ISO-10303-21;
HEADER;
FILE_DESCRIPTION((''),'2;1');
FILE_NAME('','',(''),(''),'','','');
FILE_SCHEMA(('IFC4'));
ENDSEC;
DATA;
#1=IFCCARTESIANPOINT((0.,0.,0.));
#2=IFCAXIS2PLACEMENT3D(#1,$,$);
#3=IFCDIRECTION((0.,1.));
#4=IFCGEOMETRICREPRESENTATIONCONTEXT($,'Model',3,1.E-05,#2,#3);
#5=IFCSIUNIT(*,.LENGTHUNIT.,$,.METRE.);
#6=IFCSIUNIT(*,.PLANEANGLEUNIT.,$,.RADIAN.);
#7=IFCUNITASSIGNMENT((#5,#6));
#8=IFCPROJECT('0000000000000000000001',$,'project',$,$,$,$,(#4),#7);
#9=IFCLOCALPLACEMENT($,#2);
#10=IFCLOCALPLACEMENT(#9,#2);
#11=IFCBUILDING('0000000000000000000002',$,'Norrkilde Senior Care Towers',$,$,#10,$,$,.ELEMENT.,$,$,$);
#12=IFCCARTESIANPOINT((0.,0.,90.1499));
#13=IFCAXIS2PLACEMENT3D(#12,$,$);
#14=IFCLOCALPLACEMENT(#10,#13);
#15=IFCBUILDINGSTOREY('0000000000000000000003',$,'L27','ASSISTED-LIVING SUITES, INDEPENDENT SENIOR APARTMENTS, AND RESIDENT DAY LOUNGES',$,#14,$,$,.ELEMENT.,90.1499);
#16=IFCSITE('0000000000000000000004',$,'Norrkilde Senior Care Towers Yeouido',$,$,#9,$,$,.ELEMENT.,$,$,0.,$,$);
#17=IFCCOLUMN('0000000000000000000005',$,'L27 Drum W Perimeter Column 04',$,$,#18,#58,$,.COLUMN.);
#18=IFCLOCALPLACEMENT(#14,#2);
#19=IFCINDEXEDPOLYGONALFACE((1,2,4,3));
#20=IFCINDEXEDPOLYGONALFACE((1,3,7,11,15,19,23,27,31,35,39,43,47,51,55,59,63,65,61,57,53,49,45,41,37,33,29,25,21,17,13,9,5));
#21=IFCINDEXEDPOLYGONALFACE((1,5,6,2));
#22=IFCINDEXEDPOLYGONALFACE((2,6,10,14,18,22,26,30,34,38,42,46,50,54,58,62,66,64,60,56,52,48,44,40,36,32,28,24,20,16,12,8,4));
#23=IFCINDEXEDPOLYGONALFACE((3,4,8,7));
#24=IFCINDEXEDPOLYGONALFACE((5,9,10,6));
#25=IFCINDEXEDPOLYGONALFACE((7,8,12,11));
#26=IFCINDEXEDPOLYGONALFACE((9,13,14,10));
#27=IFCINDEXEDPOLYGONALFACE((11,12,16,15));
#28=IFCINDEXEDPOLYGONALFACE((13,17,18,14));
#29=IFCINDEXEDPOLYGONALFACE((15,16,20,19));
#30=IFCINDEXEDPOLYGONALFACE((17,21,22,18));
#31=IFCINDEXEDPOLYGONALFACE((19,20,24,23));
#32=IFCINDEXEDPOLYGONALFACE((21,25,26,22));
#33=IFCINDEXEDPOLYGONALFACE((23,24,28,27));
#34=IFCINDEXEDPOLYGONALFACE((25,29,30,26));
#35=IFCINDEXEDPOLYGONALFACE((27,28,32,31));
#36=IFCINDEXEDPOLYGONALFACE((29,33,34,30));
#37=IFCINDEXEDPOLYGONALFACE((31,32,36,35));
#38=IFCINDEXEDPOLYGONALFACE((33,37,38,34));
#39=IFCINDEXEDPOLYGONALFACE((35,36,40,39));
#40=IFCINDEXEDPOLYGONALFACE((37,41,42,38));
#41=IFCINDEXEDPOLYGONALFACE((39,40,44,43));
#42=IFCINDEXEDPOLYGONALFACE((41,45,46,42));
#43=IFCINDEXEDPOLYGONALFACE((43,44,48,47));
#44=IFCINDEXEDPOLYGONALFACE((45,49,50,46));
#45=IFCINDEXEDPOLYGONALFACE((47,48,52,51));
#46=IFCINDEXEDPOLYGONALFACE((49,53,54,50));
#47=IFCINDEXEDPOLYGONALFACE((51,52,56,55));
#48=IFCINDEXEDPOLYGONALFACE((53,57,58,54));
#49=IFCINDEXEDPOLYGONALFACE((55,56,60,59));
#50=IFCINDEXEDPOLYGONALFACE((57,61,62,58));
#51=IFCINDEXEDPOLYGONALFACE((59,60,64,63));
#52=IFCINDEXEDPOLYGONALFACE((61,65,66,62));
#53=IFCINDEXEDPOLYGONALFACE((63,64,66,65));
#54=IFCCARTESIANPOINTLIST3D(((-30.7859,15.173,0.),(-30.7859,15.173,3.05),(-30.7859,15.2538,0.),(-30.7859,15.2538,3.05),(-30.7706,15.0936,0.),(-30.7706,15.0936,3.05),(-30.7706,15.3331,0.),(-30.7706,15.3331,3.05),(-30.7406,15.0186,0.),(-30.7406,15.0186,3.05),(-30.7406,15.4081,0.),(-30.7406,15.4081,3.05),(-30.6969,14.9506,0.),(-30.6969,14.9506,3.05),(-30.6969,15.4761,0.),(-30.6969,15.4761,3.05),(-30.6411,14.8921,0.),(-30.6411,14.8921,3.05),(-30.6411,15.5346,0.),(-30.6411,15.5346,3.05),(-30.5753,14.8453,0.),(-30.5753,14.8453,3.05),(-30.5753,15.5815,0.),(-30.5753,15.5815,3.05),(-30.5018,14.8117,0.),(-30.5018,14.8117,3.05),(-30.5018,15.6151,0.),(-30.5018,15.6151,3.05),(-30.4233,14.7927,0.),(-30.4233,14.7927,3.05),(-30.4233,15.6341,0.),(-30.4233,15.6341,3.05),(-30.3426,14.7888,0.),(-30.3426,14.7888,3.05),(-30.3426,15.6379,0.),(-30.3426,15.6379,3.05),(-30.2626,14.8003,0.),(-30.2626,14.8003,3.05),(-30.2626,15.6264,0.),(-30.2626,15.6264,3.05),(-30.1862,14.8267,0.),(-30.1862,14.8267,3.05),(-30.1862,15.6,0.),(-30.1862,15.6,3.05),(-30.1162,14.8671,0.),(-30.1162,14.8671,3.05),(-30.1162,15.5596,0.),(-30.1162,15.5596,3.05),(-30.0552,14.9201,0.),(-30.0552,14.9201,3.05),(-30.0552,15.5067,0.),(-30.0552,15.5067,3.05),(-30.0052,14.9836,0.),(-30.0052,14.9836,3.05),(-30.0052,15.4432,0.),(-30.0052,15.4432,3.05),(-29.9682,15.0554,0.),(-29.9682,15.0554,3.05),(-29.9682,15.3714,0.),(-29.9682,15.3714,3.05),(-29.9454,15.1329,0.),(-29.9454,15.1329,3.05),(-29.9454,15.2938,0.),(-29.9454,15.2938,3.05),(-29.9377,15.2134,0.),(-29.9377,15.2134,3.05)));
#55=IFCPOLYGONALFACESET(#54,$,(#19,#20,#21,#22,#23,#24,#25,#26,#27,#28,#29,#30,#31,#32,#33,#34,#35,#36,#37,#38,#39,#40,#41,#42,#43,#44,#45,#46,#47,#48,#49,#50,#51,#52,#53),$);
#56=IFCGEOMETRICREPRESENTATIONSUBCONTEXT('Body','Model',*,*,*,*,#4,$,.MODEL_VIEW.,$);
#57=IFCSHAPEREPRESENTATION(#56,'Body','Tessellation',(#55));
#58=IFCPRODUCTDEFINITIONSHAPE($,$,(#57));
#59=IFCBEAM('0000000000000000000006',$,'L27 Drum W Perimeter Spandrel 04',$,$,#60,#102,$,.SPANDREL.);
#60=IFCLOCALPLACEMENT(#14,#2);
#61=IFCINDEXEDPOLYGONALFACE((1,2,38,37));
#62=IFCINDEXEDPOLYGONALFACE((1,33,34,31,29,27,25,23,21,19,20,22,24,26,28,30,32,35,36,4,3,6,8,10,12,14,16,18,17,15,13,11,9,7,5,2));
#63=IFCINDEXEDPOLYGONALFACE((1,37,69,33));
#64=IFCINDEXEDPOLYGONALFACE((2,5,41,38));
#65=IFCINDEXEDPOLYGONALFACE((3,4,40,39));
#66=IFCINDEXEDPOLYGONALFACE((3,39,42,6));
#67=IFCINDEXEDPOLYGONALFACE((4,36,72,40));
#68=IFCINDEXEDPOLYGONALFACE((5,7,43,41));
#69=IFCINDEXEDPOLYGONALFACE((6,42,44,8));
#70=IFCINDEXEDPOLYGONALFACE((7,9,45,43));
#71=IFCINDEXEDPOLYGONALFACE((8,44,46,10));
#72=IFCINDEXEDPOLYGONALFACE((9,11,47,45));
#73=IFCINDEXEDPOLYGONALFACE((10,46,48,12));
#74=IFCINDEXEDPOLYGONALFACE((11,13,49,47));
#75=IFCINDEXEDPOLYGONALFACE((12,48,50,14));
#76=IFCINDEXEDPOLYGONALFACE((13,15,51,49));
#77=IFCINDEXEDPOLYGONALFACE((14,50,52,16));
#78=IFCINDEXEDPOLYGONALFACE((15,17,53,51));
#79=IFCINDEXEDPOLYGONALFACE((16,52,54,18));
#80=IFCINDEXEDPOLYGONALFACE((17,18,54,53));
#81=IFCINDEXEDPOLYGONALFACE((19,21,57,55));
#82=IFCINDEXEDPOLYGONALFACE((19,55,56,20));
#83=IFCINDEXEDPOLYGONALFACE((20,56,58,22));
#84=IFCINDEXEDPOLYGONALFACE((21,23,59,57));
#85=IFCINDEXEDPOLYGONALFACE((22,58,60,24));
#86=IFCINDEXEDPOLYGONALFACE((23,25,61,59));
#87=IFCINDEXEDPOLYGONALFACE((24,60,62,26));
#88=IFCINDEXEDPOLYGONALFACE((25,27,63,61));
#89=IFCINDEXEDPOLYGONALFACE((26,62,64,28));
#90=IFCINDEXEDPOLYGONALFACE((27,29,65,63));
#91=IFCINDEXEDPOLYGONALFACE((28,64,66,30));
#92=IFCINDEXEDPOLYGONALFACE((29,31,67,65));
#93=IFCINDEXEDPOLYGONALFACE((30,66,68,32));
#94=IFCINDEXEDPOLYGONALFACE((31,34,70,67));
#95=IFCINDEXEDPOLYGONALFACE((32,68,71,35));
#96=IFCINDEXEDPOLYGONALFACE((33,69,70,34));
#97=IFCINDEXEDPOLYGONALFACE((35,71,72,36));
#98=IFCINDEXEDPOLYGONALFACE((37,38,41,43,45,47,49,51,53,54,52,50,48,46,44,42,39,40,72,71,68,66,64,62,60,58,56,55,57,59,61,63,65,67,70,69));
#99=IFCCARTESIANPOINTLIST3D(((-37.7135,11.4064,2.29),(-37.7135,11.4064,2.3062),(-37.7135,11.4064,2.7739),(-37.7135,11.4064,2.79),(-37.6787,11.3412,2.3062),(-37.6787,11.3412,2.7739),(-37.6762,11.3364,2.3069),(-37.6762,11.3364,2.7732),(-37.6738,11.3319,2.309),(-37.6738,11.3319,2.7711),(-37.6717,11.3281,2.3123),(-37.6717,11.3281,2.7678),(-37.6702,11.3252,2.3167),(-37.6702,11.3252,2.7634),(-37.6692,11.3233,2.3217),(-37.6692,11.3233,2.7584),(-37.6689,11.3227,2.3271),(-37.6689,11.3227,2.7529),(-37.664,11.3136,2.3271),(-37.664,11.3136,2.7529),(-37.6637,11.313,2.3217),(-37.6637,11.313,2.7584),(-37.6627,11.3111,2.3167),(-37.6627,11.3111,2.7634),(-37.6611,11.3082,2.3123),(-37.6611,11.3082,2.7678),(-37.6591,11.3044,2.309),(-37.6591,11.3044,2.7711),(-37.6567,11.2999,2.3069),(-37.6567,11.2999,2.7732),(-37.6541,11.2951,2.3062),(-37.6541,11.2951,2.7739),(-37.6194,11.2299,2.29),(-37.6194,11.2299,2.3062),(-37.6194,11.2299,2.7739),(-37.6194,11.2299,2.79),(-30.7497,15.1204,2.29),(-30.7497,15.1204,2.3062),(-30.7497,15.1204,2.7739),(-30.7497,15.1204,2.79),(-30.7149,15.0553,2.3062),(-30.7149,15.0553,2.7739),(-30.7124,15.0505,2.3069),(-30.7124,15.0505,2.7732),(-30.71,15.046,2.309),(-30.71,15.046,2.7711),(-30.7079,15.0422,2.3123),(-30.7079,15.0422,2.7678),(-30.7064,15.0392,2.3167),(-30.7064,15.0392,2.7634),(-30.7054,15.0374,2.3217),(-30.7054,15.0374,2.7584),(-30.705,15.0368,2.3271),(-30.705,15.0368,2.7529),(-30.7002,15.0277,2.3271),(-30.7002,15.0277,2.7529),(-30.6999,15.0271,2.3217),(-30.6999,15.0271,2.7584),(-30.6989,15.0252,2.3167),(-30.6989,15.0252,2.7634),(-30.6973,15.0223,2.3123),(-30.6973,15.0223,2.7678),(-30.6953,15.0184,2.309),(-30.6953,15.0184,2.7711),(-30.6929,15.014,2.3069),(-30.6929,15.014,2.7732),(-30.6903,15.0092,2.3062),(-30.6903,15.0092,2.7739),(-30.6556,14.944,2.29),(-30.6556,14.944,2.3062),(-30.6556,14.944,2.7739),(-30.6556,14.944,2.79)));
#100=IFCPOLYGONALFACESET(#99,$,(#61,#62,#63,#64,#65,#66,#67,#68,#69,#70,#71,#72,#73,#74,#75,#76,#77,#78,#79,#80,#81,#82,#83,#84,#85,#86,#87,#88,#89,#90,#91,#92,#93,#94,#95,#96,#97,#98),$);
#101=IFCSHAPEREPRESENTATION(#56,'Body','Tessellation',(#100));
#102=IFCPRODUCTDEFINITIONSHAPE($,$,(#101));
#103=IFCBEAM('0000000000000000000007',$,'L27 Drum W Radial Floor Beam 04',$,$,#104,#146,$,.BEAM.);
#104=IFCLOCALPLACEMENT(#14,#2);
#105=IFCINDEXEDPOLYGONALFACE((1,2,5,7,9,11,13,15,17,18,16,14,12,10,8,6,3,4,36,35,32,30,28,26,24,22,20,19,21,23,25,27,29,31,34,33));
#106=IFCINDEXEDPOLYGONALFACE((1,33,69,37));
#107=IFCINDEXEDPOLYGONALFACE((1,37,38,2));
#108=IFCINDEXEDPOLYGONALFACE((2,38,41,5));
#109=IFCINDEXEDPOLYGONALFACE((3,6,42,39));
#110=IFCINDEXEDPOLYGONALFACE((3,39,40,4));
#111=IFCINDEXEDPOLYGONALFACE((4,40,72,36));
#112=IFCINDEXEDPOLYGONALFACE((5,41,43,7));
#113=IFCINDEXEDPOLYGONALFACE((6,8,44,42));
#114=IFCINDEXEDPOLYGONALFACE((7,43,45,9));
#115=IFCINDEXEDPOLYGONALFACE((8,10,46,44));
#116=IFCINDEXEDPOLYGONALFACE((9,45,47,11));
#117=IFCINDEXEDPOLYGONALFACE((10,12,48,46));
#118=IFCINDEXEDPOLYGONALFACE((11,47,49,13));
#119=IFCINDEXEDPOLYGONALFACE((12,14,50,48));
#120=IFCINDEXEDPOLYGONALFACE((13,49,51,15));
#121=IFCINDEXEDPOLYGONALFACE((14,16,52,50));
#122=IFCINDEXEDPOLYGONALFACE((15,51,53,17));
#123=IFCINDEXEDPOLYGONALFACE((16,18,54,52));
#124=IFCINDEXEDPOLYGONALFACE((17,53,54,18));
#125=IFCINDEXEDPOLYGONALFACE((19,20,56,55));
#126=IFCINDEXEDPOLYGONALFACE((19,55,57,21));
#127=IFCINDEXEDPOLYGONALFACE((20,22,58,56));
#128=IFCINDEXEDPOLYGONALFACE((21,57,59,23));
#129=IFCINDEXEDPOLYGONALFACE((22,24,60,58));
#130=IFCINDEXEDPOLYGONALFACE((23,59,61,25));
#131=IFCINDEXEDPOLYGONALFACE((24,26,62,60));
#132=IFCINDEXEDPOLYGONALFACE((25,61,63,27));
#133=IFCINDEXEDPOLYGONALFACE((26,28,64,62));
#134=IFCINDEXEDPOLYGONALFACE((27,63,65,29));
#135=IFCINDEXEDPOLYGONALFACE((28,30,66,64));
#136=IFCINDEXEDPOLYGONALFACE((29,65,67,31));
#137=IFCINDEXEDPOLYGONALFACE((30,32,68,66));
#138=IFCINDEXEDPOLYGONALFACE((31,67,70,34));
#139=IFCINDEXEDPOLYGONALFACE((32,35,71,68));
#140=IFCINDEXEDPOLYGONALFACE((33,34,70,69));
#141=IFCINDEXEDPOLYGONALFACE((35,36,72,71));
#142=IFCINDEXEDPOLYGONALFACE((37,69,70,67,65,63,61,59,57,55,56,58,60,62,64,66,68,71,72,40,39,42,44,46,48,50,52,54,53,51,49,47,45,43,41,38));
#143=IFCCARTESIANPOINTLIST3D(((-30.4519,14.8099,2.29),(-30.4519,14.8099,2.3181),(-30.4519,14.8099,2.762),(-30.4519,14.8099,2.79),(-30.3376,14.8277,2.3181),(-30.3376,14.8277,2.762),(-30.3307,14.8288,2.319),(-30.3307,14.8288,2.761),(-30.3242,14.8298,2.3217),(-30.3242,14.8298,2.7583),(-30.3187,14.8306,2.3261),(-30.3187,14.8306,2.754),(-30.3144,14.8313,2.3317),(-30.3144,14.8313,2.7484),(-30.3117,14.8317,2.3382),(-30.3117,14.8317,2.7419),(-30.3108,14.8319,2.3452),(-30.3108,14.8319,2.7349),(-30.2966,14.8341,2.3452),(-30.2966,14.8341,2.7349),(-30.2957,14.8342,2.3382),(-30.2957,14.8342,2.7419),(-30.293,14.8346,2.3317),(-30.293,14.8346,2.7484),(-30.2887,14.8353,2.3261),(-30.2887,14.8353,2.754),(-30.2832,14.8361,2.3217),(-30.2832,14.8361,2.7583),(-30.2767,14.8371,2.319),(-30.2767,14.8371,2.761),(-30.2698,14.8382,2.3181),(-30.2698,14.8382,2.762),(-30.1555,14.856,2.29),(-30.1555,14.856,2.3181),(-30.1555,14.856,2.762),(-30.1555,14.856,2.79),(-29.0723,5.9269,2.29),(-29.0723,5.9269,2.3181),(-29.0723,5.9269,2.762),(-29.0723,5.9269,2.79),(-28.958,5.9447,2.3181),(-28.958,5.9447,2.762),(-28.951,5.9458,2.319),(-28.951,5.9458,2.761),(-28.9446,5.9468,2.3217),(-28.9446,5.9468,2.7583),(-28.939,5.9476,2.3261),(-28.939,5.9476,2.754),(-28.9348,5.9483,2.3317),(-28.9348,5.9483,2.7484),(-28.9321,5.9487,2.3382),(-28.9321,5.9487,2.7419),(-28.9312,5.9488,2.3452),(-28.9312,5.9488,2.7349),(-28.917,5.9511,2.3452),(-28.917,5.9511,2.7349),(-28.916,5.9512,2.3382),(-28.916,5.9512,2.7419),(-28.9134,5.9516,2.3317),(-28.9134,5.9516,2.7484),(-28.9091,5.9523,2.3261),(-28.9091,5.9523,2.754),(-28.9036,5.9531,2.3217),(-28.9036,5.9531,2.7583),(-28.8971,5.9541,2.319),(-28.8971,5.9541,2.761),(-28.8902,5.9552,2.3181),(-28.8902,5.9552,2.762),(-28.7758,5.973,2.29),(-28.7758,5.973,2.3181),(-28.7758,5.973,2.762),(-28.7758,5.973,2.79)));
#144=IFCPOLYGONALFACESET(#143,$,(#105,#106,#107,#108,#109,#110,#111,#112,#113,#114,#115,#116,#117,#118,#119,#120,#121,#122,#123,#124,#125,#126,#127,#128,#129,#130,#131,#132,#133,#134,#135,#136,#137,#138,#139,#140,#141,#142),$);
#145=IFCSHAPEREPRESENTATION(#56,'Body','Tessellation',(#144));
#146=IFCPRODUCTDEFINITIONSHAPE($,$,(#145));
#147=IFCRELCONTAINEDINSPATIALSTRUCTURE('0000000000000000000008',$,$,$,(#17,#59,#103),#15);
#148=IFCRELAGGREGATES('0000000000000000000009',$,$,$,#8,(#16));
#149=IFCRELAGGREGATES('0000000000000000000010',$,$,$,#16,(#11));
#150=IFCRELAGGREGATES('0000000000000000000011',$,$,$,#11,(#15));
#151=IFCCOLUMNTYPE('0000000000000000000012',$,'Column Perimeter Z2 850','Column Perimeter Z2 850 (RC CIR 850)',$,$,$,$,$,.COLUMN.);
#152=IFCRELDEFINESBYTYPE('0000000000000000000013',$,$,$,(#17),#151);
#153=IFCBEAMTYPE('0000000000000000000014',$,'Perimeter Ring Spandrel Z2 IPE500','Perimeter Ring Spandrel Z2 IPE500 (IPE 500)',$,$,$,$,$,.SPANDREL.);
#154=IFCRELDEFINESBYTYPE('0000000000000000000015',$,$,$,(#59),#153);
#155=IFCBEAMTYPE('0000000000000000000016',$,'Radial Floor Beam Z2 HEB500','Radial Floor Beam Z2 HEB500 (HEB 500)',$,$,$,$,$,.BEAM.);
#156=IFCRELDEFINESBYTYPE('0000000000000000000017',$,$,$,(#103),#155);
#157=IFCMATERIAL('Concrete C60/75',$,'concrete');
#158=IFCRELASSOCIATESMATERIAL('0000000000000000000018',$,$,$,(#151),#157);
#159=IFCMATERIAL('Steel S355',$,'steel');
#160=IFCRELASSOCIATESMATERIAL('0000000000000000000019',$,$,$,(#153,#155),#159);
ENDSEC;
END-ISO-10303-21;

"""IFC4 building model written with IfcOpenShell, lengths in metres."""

from ifc_helpers import new_model, si_unit, direction, frame, origin, origin_2d, place, context, subcontext, project, spatial, circle, i_section, extrude, source, transform, mapped, material, material_profile, profile_set, type_object, type_shapes, element, save


model = new_model("IFC4")

# Units and contexts
model_context = context("Model", 3, precision=1e-05, world=origin(), true_north=direction((0.0, 1.0)))
body_context = subcontext(model_context, "Body", "Model", "MODEL_VIEW")
ifc_project = project(units=[si_unit("LENGTHUNIT", "METRE"), si_unit("PLANEANGLEUNIT", "RADIAN")], contexts=[model_context])

# Site, building, storey
site_placement = place(None, origin())
site = spatial("IfcSite", under=ifc_project, at=site_placement, Name="Norrkilde Senior Care Towers Yeouido", CompositionType="ELEMENT", RefElevation=0.0)
building_placement = place(site_placement, origin())
building = spatial("IfcBuilding", under=site, at=building_placement, Name="Norrkilde Senior Care Towers", CompositionType="ELEMENT")
storey_placement = place(building_placement, frame((0.0, 0.0, 90.1499)))
storey = spatial("IfcBuildingStorey", under=building, at=storey_placement, Name="L27", Description="ASSISTED-LIVING SUITES, INDEPENDENT SENIOR APARTMENTS, AND RESIDENT DAY LOUNGES", CompositionType="ELEMENT", Elevation=90.1499)

# Column
ifc_material_1 = material(Name="Concrete C60/75", Category="concrete")
ifc_material_profile_1 = material_profile(ifc_material_1, circle(Radius=0.425, at=origin_2d()), Name="RC CIR 850")
ifc_profile_set_1 = profile_set([ifc_material_profile_1], Name="Concrete C60/75")
column_type = type_object("IfcColumnType", Name="Column Perimeter Z2 850", Description="Column Perimeter Z2 850 (RC CIR 850)", PredefinedType="COLUMN", material=ifc_profile_set_1)
shared_shape_1 = source(origin(), body_context, "Body", "SweptSolid", [
    extrude(circle(Radius=0.425, at=origin_2d()), origin(), (0.0, 0.0, 1.0), 3.05),
])
type_shapes(column_type, [shared_shape_1])
column_placement = place(storey_placement, frame((-30.3628, 15.2134, 0.0), z_axis=(0.0, 0.0, 1.0), x_axis=(1.0, 0.0, 0.0)))
element("IfcColumn", 1, at=column_placement, inside=storey, type_object=column_type, Name="L27 Drum W Perimeter Column 04", PredefinedType="COLUMN", context=body_context, shape_type="MappedRepresentation", body=[
    mapped(shared_shape_1, transform((0.0, 0.0, 0.0), x_axis=(1.0, 0.0, 0.0), y_axis=(0.0, 1.0, 0.0), z_axis=(0.0, 0.0, 1.0), scale=1.0)),
])

# Beams
ifc_material_2 = material(Name="Steel S355", Category="steel")
ifc_material_profile_2 = material_profile(ifc_material_2, i_section(OverallWidth=0.2, OverallDepth=0.5, WebThickness=0.0103, FlangeThickness=0.0161, FilletRadius=0.021, at=origin_2d()), Name="IPE 500")
ifc_profile_set_2 = profile_set([ifc_material_profile_2], Name="Steel S355")
beam_type_1 = type_object("IfcBeamType", Name="Perimeter Ring Spandrel Z2 IPE500", Description="Perimeter Ring Spandrel Z2 IPE500 (IPE 500)", PredefinedType="SPANDREL", material=ifc_profile_set_2)
shared_shape_2 = source(origin(), body_context, "Body", "SweptSolid", [
    extrude(i_section(OverallWidth=0.2, OverallDepth=0.5, WebThickness=0.0103, FlangeThickness=0.0161, FilletRadius=0.021, at=origin_2d()), origin(), (0.0, 0.0, 1.0), 7.8923),
])
type_shapes(beam_type_1, [shared_shape_2])
beam_1_placement = place(storey_placement, frame((-30.7026, 15.0322, 2.54), z_axis=(-0.88235, -0.470593, 0.0), x_axis=(0.470593, -0.88235, 0.0)))
element("IfcBeam", 2, at=beam_1_placement, inside=storey, type_object=beam_type_1, Name="L27 Drum W Perimeter Spandrel 04", PredefinedType="SPANDREL", context=body_context, shape_type="MappedRepresentation", body=[
    mapped(shared_shape_2, transform((0.0, 0.0, 0.0), x_axis=(1.0, 0.0, 0.0), y_axis=(0.0, 1.0, 0.0), z_axis=(0.0, 0.0, 1.0), scale=1.0)),
])
ifc_material_profile_3 = material_profile(ifc_material_2, i_section(OverallWidth=0.3, OverallDepth=0.5, WebThickness=0.0144, FlangeThickness=0.0281, FilletRadius=0.0271, at=origin_2d()), Name="HEB 500")
ifc_profile_set_3 = profile_set([ifc_material_profile_3], Name="Steel S355")
beam_type_2 = type_object("IfcBeamType", Name="Radial Floor Beam Z2 HEB500", Description="Radial Floor Beam Z2 HEB500 (HEB 500)", PredefinedType="BEAM", material=ifc_profile_set_3)
shared_shape_3 = source(origin(), body_context, "Body", "SweptSolid", [
    extrude(i_section(OverallWidth=0.3, OverallDepth=0.5, WebThickness=0.0144, FlangeThickness=0.0281, FilletRadius=0.0271, at=origin_2d()), origin(), (0.0, 0.0, 1.0), 8.9895),
])
beam_2_placement = place(storey_placement, frame((-28.9241, 5.95, 2.54), z_axis=(-0.153471, 0.988153, 0.0), x_axis=(-0.988153, -0.153471, 0.0)))
element("IfcBeam", 3, at=beam_2_placement, inside=storey, type_object=beam_type_2, Name="L27 Drum W Radial Floor Beam 04", PredefinedType="BEAM", context=body_context, shape_type="MappedRepresentation", body=[
    mapped(shared_shape_3, transform((0.0, 0.0, 0.0), x_axis=(1.0, 0.0, 0.0), y_axis=(0.0, 1.0, 0.0), z_axis=(0.0, 0.0, 1.0), scale=1.0)),
])

save(model, "model.ifc")
